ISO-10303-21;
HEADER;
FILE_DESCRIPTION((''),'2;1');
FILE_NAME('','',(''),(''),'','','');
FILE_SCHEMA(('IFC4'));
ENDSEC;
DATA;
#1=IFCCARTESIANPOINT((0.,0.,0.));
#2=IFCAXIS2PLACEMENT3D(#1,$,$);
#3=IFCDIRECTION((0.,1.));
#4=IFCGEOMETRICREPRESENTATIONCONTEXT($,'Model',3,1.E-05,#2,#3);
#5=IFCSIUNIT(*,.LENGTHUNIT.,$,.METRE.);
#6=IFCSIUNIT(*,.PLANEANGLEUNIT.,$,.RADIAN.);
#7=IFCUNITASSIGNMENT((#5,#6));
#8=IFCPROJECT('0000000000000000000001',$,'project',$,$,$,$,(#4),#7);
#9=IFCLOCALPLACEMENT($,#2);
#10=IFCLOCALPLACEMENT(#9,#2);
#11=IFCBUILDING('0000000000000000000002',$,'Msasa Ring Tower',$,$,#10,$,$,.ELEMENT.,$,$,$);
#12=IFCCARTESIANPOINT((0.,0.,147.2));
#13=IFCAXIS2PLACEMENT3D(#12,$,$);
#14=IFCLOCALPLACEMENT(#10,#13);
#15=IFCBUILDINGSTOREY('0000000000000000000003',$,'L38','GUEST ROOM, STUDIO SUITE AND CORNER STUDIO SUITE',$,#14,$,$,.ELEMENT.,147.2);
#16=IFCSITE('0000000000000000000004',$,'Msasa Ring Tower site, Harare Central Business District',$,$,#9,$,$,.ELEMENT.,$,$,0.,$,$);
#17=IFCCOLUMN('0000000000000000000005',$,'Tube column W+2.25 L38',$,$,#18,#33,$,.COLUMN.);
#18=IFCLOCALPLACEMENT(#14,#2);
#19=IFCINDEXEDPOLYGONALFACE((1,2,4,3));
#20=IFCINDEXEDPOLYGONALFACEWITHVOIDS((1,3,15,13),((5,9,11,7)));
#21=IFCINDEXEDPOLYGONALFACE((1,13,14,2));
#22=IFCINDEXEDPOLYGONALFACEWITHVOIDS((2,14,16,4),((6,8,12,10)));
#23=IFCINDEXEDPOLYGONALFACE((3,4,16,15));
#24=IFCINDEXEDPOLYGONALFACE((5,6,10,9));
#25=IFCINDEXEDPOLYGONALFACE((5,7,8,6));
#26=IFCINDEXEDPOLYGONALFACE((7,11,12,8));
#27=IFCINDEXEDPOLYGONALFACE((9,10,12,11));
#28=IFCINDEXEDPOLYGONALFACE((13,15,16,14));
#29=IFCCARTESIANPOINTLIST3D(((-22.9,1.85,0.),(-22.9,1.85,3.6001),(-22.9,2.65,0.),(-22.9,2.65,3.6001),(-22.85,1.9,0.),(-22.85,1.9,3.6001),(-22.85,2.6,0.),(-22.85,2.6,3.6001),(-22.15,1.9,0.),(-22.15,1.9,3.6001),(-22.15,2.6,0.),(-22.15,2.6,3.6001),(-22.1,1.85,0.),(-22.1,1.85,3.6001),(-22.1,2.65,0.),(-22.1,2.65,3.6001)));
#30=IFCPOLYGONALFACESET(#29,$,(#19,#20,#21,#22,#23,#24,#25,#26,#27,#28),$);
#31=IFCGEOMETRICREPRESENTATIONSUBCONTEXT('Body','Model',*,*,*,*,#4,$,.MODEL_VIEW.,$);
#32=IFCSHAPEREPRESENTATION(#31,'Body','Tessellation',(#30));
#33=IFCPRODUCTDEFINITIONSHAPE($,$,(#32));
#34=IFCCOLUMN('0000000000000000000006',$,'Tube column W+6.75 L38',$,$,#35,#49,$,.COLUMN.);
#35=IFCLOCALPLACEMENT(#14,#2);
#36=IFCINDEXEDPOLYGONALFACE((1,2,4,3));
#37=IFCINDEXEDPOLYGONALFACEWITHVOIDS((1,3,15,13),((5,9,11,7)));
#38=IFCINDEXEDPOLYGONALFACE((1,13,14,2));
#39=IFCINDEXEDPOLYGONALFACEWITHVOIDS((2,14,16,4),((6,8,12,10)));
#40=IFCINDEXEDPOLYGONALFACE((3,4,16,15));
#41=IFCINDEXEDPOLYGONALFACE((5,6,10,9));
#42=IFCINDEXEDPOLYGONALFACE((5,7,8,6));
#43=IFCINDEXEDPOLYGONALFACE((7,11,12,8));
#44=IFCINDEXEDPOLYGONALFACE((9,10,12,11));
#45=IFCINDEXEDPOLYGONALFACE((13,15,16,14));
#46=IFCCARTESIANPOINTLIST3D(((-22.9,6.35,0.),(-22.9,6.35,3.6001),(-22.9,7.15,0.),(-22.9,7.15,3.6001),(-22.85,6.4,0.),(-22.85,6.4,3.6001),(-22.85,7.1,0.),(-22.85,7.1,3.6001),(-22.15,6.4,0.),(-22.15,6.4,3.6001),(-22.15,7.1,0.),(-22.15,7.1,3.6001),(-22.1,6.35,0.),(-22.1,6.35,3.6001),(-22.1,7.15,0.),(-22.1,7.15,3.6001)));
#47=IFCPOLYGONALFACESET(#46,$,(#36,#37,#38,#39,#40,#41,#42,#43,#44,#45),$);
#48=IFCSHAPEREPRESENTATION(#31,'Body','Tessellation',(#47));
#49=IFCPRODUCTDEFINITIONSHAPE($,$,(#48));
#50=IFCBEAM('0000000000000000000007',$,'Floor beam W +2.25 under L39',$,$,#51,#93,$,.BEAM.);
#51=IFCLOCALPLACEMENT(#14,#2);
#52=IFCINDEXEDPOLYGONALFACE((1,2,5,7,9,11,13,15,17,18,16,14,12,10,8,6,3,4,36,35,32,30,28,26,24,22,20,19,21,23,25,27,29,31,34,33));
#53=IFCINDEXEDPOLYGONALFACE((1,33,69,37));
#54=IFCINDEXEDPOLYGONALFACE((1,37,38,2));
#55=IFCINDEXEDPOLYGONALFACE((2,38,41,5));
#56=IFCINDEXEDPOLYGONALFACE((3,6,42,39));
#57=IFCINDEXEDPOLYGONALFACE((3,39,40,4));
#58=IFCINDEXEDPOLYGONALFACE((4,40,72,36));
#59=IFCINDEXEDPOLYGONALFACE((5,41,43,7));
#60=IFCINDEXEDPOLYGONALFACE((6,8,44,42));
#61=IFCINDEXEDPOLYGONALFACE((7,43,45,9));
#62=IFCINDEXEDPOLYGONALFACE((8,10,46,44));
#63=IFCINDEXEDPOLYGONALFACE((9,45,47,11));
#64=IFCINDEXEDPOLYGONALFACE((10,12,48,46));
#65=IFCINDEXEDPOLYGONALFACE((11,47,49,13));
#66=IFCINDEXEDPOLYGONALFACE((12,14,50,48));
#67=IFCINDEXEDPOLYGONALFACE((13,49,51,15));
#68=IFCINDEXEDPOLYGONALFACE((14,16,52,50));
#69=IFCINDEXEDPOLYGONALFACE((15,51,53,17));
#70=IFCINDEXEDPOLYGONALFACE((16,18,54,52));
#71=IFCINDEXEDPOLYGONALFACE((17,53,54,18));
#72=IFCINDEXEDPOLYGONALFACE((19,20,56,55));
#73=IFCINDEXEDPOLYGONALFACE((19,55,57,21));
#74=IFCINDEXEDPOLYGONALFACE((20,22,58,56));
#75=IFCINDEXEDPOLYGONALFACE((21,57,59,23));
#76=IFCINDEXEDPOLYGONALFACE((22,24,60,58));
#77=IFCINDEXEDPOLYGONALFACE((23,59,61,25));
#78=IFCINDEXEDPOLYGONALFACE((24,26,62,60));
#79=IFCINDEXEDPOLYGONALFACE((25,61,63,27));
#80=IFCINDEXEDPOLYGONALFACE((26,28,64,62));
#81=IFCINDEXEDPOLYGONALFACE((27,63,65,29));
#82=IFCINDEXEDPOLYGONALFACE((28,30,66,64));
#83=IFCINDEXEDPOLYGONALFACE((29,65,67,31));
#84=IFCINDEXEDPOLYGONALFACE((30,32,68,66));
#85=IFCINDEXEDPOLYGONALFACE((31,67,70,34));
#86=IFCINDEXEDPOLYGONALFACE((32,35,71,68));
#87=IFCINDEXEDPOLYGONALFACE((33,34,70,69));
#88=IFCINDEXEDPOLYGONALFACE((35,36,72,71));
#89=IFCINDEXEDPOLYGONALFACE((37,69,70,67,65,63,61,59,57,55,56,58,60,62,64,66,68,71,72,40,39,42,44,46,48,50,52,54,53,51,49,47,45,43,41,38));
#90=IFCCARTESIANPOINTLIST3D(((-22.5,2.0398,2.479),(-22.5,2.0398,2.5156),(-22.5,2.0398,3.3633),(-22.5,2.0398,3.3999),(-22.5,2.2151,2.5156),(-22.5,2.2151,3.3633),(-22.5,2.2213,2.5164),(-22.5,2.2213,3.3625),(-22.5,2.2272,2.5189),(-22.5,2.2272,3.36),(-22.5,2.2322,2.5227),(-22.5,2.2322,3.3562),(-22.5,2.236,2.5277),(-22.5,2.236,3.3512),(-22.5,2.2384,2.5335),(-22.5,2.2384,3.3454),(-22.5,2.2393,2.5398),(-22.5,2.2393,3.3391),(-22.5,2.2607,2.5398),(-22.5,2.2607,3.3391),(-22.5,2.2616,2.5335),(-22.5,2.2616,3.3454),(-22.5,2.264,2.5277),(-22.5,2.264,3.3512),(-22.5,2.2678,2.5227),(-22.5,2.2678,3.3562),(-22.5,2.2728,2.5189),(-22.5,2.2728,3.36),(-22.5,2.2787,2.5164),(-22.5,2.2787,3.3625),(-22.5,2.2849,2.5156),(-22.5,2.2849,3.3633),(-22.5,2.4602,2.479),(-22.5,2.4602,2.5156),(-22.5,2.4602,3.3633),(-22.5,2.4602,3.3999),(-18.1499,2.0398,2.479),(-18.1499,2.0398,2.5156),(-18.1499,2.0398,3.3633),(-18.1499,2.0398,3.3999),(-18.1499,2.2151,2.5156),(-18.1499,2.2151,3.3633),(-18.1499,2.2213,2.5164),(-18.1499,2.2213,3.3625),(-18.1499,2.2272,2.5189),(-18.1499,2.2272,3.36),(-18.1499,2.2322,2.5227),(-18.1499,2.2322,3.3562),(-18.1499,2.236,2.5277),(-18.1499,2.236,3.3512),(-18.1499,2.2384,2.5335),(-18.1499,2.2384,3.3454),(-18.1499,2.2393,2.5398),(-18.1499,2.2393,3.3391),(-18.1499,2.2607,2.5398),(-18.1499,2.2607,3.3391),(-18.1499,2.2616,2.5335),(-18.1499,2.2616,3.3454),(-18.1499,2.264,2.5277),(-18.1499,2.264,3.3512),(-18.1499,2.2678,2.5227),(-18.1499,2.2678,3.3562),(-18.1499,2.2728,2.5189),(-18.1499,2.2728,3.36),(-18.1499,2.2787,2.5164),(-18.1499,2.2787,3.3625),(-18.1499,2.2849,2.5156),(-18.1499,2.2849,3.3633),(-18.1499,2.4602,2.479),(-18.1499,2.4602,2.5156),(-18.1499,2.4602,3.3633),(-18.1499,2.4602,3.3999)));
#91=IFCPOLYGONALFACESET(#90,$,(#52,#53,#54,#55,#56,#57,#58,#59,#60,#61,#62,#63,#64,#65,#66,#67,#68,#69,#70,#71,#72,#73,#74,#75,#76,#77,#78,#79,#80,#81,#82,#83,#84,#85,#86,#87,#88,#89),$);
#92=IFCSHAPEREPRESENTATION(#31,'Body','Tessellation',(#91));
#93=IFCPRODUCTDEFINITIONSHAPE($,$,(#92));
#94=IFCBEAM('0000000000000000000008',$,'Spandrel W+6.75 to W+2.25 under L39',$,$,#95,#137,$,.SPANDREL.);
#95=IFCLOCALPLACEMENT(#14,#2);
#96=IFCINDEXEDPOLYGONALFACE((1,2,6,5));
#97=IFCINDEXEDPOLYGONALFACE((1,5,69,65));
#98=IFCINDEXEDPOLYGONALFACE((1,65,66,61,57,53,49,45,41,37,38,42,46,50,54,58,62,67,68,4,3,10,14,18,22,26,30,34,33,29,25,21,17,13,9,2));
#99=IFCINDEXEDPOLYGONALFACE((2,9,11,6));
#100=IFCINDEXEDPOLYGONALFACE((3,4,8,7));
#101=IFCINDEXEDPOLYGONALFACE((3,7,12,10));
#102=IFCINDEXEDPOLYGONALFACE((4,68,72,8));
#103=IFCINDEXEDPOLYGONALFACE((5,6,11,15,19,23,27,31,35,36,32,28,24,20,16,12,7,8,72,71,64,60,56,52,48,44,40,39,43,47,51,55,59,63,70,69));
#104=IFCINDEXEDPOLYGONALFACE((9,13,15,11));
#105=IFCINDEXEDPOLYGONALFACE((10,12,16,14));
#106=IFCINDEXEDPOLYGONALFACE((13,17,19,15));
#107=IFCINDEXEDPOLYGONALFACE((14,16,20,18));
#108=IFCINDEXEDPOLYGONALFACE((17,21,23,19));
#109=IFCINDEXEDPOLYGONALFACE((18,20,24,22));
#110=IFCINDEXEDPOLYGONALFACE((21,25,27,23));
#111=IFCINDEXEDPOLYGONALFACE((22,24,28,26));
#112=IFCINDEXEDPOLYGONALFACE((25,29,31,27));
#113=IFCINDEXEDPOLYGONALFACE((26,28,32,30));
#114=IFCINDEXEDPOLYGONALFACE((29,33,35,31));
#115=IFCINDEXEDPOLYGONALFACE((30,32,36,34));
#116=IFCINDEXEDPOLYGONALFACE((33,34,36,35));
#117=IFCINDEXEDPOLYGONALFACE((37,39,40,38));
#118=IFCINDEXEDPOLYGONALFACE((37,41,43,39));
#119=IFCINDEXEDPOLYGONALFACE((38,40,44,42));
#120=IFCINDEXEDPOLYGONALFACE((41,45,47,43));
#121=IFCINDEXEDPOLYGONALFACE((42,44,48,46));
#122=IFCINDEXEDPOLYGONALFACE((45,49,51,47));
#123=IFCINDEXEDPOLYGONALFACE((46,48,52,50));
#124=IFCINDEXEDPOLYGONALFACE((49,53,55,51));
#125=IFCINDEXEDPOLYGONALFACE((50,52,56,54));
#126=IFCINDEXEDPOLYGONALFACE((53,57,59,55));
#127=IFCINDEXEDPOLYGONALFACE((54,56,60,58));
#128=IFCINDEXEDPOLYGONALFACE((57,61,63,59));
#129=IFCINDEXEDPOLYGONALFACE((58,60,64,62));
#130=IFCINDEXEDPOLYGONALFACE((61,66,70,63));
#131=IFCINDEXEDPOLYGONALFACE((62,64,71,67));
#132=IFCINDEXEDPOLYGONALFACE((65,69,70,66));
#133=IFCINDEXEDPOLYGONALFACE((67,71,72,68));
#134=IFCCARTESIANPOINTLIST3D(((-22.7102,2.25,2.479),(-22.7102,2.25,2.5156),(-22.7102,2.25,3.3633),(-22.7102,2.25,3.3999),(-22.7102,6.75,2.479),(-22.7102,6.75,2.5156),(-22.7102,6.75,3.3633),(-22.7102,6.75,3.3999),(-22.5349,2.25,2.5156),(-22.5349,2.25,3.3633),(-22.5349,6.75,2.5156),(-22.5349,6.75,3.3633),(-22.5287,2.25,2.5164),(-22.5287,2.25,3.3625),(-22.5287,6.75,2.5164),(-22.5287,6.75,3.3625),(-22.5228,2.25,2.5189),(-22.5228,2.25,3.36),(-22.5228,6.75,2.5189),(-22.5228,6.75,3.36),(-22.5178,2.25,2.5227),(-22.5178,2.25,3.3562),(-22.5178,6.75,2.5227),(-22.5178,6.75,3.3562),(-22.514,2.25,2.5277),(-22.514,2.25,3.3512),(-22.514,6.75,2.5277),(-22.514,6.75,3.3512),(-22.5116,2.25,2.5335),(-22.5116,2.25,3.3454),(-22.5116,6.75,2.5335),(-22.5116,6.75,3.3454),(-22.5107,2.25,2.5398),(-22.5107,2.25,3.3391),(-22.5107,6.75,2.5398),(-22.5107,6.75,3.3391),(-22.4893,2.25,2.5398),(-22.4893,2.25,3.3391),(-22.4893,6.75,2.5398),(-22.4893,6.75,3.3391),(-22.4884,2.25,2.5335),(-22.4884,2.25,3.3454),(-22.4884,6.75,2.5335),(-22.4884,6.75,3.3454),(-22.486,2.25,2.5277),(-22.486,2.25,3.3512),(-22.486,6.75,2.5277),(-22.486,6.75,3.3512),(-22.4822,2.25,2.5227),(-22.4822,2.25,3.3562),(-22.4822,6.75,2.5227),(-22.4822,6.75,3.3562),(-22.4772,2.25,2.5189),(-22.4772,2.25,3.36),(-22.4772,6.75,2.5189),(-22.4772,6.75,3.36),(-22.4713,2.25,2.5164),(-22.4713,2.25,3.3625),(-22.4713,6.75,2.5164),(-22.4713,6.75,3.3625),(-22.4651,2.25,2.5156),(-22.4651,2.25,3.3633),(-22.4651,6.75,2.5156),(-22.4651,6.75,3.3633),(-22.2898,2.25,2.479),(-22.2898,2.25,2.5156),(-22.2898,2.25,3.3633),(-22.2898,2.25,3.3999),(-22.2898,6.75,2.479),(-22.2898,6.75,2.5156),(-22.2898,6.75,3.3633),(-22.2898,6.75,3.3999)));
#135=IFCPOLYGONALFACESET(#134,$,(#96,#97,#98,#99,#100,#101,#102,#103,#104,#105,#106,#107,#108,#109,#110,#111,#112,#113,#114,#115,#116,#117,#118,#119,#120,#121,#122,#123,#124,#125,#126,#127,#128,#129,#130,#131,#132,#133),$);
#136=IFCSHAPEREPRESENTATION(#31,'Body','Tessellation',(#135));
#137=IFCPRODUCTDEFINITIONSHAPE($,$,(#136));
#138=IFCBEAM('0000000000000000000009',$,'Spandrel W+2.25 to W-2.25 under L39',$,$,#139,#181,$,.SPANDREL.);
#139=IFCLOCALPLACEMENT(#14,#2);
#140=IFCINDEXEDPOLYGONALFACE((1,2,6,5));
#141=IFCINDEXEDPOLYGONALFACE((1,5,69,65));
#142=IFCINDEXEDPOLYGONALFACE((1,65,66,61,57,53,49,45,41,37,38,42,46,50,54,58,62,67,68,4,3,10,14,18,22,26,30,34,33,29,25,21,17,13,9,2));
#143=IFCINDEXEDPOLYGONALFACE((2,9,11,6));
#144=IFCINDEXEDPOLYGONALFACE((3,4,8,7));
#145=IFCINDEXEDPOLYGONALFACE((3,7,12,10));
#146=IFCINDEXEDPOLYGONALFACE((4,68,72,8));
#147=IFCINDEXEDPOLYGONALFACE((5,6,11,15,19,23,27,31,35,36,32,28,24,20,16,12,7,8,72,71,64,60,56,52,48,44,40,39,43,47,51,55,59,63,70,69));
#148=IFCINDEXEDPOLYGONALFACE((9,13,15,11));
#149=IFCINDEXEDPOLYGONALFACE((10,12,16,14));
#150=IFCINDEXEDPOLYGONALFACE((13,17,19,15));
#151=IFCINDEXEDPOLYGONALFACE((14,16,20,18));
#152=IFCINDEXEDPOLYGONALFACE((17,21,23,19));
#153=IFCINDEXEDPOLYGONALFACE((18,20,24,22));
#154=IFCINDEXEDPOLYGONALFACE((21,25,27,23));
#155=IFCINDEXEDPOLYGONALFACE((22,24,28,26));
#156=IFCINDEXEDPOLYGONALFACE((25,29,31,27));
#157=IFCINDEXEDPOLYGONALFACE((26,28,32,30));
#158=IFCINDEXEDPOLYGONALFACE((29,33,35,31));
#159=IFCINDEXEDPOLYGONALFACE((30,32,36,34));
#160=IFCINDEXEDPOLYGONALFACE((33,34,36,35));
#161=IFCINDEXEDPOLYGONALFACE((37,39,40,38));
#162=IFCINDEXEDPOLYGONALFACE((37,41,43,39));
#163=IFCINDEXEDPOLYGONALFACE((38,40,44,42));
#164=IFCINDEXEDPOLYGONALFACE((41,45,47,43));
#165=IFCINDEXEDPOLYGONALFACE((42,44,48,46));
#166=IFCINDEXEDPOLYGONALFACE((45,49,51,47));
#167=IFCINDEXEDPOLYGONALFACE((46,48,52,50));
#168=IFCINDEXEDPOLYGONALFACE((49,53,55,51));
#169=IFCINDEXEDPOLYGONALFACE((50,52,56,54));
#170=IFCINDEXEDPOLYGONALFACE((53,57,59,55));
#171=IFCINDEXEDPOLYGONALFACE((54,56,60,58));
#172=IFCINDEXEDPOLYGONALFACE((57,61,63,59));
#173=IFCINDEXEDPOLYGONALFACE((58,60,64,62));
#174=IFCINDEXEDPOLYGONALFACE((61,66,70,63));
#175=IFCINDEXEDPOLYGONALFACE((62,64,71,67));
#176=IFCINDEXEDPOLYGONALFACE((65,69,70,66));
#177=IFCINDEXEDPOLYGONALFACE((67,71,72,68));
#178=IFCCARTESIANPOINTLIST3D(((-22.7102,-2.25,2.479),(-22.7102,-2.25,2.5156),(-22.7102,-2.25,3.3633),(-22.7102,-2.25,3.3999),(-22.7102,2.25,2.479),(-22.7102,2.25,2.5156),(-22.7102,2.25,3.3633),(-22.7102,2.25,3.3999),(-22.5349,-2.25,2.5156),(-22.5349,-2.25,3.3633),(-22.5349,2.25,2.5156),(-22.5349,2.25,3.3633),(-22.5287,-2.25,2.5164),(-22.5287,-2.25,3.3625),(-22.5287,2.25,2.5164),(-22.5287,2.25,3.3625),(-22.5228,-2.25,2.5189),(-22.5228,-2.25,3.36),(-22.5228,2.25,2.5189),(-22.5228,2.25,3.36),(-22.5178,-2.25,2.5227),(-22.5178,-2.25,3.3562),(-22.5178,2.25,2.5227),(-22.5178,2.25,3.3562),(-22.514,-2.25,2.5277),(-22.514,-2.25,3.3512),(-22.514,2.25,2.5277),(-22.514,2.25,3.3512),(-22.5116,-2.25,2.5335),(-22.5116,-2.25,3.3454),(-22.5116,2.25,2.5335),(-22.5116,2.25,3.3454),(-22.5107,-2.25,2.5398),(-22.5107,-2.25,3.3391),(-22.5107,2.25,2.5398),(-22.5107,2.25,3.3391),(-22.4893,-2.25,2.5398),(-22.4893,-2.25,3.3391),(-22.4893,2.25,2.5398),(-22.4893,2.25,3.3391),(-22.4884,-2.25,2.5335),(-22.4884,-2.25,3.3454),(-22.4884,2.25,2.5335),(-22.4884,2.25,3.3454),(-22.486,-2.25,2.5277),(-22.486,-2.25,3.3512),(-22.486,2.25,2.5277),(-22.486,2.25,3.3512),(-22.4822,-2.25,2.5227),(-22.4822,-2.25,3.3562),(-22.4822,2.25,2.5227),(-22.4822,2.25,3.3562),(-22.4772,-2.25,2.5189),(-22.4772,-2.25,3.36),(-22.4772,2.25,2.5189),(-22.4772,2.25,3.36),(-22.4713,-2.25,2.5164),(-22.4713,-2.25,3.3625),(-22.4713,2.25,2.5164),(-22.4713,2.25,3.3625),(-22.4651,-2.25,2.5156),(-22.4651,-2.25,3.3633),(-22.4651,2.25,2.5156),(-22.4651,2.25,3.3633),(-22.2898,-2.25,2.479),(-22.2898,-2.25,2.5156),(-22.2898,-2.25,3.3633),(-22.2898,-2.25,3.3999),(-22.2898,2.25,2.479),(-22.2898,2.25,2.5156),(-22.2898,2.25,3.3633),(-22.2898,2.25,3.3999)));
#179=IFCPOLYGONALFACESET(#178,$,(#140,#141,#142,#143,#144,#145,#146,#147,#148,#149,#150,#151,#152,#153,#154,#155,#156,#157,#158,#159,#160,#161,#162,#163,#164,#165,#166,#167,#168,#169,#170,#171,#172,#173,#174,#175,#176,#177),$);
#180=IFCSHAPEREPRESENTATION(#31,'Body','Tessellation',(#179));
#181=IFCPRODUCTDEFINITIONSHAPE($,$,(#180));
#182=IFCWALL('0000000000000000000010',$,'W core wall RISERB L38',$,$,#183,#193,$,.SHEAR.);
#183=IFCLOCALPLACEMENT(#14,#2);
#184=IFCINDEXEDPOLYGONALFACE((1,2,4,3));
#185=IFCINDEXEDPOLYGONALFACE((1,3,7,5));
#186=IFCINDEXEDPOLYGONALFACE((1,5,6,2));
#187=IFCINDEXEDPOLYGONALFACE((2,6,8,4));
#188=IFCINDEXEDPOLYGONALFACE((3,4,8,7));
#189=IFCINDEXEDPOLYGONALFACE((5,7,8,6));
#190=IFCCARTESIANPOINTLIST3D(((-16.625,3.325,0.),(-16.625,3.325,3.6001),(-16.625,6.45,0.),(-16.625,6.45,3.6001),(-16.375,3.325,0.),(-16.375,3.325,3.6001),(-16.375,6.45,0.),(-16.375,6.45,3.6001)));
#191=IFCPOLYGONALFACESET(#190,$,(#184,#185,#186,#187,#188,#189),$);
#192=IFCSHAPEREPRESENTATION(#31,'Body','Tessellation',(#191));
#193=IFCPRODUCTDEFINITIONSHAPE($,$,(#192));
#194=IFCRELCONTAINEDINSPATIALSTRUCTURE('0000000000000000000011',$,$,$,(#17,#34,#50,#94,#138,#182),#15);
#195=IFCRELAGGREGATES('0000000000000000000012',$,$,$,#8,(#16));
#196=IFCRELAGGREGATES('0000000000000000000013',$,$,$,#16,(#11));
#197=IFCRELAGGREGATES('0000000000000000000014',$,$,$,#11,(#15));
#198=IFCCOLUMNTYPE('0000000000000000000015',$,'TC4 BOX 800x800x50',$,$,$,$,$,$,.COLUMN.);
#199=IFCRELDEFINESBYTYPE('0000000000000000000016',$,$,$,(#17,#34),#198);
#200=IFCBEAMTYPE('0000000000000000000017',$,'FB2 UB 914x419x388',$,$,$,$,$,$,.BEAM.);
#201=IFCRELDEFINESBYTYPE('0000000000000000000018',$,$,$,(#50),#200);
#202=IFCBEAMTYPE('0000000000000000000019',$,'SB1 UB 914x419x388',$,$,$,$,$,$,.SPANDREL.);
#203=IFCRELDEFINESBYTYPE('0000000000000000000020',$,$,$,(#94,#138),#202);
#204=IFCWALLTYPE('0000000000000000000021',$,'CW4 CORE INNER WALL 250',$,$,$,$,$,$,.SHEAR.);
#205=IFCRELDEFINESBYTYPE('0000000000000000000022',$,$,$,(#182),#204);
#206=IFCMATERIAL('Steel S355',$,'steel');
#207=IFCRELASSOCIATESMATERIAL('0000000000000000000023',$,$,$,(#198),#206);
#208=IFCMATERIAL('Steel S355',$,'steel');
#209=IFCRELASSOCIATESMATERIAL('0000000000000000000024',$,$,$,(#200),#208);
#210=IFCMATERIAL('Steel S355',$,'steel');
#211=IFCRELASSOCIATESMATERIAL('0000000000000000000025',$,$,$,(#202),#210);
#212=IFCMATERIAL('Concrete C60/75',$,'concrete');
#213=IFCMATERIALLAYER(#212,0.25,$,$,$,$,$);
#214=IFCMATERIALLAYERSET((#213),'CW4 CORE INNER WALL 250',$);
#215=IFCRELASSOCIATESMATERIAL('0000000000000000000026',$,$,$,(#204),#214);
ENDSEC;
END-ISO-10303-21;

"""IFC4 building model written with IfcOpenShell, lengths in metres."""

from ifc_helpers import new_model, si_unit, direction, frame, frame_2d, origin, origin_2d, place, context, subcontext, project, spatial, rectangle, hollow_rectangle, i_section, extrude, material, layer, layer_set, material_profile, profile_set, type_object, element, save


model = new_model("IFC4")

# Units and contexts
model_context = context("Model", 3, precision=1e-05, world=origin(), true_north=direction((0.0, 1.0)))
body_context = subcontext(model_context, "Body", "Model", "MODEL_VIEW")
ifc_project = project(units=[si_unit("LENGTHUNIT", "METRE"), si_unit("PLANEANGLEUNIT", "RADIAN")], contexts=[model_context])

# Site, building, storey
site_placement = place(None, origin())
site = spatial("IfcSite", under=ifc_project, at=site_placement, Name="Msasa Ring Tower site, Harare Central Business District", CompositionType="ELEMENT", RefElevation=0.0)
building_placement = place(site_placement, origin())
building = spatial("IfcBuilding", under=site, at=building_placement, Name="Msasa Ring Tower", CompositionType="ELEMENT")
storey_placement = place(building_placement, frame((0.0, 0.0, 147.2)))
storey = spatial("IfcBuildingStorey", under=building, at=storey_placement, Name="L38", Description="GUEST ROOM, STUDIO SUITE AND CORNER STUDIO SUITE", CompositionType="ELEMENT", Elevation=147.2)

# Columns
ifc_material_1 = material(Name="Steel S355", Category="steel")
ifc_material_profile_1 = material_profile(ifc_material_1, hollow_rectangle(XDim=0.8, YDim=0.8, WallThickness=0.05, at=origin_2d()), Name="BOX 800x800x50")
ifc_profile_set_1 = profile_set([ifc_material_profile_1], Name="Steel S355")
column_type = type_object("IfcColumnType", Name="TC4 BOX 800x800x50", PredefinedType="COLUMN", material=ifc_profile_set_1)
for number, where, z_axis, x_axis, name in (
    (1, (-22.5, 2.25, 0.0), (0.0, 0.0, 1.0), (1.0, 0.0, 0.0), "Tube column W+2.25 L38"),
    (2, (-22.5, 6.75, 0.0), (0.0, 0.0, 1.0), (1.0, 0.0, 0.0), "Tube column W+6.75 L38"),
):
    element("IfcColumn", number, at=place(storey_placement, frame(where, z_axis=z_axis, x_axis=x_axis)), inside=storey, type_object=column_type, Name=name, PredefinedType="COLUMN", context=body_context, shape_type="SweptSolid", body=[
        extrude(hollow_rectangle(XDim=0.8, YDim=0.8, WallThickness=0.05, at=origin_2d()), origin(), (0.0, 0.0, 1.0), 3.6001),
    ])

# Beams
ifc_material_2 = material(Name="Steel S355", Category="steel")
ifc_material_profile_2 = material_profile(ifc_material_2, i_section(OverallWidth=0.4204, OverallDepth=0.9209, WebThickness=0.0215, FlangeThickness=0.0366, FilletRadius=0.0242, at=origin_2d()), Name="UB 914x419x388")
ifc_profile_set_2 = profile_set([ifc_material_profile_2], Name="Steel S355")
beam_type_1 = type_object("IfcBeamType", Name="FB2 UB 914x419x388", PredefinedType="BEAM", material=ifc_profile_set_2)
beam_placement = place(storey_placement, frame((-22.5, 2.25, 2.9395), z_axis=(1.0, 0.0, 0.0), x_axis=(0.0, 1.0, 0.0)))
element("IfcBeam", 3, at=beam_placement, inside=storey, type_object=beam_type_1, Name="Floor beam W +2.25 under L39", PredefinedType="BEAM", context=body_context, shape_type="SweptSolid", body=[
    extrude(i_section(OverallWidth=0.4204, OverallDepth=0.9209, WebThickness=0.0215, FlangeThickness=0.0366, FilletRadius=0.0242, at=origin_2d()), origin(), (0.0, 0.0, 1.0), 4.3501),
])
ifc_material_3 = material(Name="Steel S355", Category="steel")
ifc_material_profile_3 = material_profile(ifc_material_3, i_section(OverallWidth=0.4204, OverallDepth=0.9209, WebThickness=0.0215, FlangeThickness=0.0366, FilletRadius=0.0242, at=origin_2d()), Name="UB 914x419x388")
ifc_profile_set_3 = profile_set([ifc_material_profile_3], Name="Steel S355")
beam_type_2 = type_object("IfcBeamType", Name="SB1 UB 914x419x388", PredefinedType="SPANDREL", material=ifc_profile_set_3)
for number, where, z_axis, x_axis, name in (
    (4, (-22.5, 6.75, 2.9395), (0.0, -1.0, 0.0), (1.0, 0.0, 0.0), "Spandrel W+6.75 to W+2.25 under L39"),
    (5, (-22.5, 2.25, 2.9395), (0.0, -1.0, 0.0), (1.0, 0.0, 0.0), "Spandrel W+2.25 to W-2.25 under L39"),
):
    element("IfcBeam", number, at=place(storey_placement, frame(where, z_axis=z_axis, x_axis=x_axis)), inside=storey, type_object=beam_type_2, Name=name, PredefinedType="SPANDREL", context=body_context, shape_type="SweptSolid", body=[
        extrude(i_section(OverallWidth=0.4204, OverallDepth=0.9209, WebThickness=0.0215, FlangeThickness=0.0366, FilletRadius=0.0242, at=origin_2d()), origin(), (0.0, 0.0, 1.0), 4.5),
    ])

# Wall
ifc_material_4 = material(Name="Concrete C60/75", Category="concrete")
ifc_layer_1 = layer(ifc_material_4, 0.25)
ifc_layer_set_1 = layer_set([ifc_layer_1], Name="CW4 CORE INNER WALL 250")
wall_type_1 = type_object("IfcWallType", Name="CW4 CORE INNER WALL 250", PredefinedType="SHEAR", material=ifc_layer_set_1)
wall_1_placement = place(storey_placement, frame((-16.5, 3.325, 0.0), z_axis=(0.0, 0.0, 1.0), x_axis=(0.0, 1.0, 0.0)))
element("IfcWall", 6, at=wall_1_placement, inside=storey, type_object=wall_type_1, Name="W core wall RISERB L38", PredefinedType="SHEAR", context=body_context, shape_type="SweptSolid", body=[
    extrude(rectangle(XDim=3.125, YDim=0.25, at=frame_2d((1.5625, 0.0))), origin(), (0.0, 0.0, 1.0), 3.6001),
])

save(model, "model.ifc")
